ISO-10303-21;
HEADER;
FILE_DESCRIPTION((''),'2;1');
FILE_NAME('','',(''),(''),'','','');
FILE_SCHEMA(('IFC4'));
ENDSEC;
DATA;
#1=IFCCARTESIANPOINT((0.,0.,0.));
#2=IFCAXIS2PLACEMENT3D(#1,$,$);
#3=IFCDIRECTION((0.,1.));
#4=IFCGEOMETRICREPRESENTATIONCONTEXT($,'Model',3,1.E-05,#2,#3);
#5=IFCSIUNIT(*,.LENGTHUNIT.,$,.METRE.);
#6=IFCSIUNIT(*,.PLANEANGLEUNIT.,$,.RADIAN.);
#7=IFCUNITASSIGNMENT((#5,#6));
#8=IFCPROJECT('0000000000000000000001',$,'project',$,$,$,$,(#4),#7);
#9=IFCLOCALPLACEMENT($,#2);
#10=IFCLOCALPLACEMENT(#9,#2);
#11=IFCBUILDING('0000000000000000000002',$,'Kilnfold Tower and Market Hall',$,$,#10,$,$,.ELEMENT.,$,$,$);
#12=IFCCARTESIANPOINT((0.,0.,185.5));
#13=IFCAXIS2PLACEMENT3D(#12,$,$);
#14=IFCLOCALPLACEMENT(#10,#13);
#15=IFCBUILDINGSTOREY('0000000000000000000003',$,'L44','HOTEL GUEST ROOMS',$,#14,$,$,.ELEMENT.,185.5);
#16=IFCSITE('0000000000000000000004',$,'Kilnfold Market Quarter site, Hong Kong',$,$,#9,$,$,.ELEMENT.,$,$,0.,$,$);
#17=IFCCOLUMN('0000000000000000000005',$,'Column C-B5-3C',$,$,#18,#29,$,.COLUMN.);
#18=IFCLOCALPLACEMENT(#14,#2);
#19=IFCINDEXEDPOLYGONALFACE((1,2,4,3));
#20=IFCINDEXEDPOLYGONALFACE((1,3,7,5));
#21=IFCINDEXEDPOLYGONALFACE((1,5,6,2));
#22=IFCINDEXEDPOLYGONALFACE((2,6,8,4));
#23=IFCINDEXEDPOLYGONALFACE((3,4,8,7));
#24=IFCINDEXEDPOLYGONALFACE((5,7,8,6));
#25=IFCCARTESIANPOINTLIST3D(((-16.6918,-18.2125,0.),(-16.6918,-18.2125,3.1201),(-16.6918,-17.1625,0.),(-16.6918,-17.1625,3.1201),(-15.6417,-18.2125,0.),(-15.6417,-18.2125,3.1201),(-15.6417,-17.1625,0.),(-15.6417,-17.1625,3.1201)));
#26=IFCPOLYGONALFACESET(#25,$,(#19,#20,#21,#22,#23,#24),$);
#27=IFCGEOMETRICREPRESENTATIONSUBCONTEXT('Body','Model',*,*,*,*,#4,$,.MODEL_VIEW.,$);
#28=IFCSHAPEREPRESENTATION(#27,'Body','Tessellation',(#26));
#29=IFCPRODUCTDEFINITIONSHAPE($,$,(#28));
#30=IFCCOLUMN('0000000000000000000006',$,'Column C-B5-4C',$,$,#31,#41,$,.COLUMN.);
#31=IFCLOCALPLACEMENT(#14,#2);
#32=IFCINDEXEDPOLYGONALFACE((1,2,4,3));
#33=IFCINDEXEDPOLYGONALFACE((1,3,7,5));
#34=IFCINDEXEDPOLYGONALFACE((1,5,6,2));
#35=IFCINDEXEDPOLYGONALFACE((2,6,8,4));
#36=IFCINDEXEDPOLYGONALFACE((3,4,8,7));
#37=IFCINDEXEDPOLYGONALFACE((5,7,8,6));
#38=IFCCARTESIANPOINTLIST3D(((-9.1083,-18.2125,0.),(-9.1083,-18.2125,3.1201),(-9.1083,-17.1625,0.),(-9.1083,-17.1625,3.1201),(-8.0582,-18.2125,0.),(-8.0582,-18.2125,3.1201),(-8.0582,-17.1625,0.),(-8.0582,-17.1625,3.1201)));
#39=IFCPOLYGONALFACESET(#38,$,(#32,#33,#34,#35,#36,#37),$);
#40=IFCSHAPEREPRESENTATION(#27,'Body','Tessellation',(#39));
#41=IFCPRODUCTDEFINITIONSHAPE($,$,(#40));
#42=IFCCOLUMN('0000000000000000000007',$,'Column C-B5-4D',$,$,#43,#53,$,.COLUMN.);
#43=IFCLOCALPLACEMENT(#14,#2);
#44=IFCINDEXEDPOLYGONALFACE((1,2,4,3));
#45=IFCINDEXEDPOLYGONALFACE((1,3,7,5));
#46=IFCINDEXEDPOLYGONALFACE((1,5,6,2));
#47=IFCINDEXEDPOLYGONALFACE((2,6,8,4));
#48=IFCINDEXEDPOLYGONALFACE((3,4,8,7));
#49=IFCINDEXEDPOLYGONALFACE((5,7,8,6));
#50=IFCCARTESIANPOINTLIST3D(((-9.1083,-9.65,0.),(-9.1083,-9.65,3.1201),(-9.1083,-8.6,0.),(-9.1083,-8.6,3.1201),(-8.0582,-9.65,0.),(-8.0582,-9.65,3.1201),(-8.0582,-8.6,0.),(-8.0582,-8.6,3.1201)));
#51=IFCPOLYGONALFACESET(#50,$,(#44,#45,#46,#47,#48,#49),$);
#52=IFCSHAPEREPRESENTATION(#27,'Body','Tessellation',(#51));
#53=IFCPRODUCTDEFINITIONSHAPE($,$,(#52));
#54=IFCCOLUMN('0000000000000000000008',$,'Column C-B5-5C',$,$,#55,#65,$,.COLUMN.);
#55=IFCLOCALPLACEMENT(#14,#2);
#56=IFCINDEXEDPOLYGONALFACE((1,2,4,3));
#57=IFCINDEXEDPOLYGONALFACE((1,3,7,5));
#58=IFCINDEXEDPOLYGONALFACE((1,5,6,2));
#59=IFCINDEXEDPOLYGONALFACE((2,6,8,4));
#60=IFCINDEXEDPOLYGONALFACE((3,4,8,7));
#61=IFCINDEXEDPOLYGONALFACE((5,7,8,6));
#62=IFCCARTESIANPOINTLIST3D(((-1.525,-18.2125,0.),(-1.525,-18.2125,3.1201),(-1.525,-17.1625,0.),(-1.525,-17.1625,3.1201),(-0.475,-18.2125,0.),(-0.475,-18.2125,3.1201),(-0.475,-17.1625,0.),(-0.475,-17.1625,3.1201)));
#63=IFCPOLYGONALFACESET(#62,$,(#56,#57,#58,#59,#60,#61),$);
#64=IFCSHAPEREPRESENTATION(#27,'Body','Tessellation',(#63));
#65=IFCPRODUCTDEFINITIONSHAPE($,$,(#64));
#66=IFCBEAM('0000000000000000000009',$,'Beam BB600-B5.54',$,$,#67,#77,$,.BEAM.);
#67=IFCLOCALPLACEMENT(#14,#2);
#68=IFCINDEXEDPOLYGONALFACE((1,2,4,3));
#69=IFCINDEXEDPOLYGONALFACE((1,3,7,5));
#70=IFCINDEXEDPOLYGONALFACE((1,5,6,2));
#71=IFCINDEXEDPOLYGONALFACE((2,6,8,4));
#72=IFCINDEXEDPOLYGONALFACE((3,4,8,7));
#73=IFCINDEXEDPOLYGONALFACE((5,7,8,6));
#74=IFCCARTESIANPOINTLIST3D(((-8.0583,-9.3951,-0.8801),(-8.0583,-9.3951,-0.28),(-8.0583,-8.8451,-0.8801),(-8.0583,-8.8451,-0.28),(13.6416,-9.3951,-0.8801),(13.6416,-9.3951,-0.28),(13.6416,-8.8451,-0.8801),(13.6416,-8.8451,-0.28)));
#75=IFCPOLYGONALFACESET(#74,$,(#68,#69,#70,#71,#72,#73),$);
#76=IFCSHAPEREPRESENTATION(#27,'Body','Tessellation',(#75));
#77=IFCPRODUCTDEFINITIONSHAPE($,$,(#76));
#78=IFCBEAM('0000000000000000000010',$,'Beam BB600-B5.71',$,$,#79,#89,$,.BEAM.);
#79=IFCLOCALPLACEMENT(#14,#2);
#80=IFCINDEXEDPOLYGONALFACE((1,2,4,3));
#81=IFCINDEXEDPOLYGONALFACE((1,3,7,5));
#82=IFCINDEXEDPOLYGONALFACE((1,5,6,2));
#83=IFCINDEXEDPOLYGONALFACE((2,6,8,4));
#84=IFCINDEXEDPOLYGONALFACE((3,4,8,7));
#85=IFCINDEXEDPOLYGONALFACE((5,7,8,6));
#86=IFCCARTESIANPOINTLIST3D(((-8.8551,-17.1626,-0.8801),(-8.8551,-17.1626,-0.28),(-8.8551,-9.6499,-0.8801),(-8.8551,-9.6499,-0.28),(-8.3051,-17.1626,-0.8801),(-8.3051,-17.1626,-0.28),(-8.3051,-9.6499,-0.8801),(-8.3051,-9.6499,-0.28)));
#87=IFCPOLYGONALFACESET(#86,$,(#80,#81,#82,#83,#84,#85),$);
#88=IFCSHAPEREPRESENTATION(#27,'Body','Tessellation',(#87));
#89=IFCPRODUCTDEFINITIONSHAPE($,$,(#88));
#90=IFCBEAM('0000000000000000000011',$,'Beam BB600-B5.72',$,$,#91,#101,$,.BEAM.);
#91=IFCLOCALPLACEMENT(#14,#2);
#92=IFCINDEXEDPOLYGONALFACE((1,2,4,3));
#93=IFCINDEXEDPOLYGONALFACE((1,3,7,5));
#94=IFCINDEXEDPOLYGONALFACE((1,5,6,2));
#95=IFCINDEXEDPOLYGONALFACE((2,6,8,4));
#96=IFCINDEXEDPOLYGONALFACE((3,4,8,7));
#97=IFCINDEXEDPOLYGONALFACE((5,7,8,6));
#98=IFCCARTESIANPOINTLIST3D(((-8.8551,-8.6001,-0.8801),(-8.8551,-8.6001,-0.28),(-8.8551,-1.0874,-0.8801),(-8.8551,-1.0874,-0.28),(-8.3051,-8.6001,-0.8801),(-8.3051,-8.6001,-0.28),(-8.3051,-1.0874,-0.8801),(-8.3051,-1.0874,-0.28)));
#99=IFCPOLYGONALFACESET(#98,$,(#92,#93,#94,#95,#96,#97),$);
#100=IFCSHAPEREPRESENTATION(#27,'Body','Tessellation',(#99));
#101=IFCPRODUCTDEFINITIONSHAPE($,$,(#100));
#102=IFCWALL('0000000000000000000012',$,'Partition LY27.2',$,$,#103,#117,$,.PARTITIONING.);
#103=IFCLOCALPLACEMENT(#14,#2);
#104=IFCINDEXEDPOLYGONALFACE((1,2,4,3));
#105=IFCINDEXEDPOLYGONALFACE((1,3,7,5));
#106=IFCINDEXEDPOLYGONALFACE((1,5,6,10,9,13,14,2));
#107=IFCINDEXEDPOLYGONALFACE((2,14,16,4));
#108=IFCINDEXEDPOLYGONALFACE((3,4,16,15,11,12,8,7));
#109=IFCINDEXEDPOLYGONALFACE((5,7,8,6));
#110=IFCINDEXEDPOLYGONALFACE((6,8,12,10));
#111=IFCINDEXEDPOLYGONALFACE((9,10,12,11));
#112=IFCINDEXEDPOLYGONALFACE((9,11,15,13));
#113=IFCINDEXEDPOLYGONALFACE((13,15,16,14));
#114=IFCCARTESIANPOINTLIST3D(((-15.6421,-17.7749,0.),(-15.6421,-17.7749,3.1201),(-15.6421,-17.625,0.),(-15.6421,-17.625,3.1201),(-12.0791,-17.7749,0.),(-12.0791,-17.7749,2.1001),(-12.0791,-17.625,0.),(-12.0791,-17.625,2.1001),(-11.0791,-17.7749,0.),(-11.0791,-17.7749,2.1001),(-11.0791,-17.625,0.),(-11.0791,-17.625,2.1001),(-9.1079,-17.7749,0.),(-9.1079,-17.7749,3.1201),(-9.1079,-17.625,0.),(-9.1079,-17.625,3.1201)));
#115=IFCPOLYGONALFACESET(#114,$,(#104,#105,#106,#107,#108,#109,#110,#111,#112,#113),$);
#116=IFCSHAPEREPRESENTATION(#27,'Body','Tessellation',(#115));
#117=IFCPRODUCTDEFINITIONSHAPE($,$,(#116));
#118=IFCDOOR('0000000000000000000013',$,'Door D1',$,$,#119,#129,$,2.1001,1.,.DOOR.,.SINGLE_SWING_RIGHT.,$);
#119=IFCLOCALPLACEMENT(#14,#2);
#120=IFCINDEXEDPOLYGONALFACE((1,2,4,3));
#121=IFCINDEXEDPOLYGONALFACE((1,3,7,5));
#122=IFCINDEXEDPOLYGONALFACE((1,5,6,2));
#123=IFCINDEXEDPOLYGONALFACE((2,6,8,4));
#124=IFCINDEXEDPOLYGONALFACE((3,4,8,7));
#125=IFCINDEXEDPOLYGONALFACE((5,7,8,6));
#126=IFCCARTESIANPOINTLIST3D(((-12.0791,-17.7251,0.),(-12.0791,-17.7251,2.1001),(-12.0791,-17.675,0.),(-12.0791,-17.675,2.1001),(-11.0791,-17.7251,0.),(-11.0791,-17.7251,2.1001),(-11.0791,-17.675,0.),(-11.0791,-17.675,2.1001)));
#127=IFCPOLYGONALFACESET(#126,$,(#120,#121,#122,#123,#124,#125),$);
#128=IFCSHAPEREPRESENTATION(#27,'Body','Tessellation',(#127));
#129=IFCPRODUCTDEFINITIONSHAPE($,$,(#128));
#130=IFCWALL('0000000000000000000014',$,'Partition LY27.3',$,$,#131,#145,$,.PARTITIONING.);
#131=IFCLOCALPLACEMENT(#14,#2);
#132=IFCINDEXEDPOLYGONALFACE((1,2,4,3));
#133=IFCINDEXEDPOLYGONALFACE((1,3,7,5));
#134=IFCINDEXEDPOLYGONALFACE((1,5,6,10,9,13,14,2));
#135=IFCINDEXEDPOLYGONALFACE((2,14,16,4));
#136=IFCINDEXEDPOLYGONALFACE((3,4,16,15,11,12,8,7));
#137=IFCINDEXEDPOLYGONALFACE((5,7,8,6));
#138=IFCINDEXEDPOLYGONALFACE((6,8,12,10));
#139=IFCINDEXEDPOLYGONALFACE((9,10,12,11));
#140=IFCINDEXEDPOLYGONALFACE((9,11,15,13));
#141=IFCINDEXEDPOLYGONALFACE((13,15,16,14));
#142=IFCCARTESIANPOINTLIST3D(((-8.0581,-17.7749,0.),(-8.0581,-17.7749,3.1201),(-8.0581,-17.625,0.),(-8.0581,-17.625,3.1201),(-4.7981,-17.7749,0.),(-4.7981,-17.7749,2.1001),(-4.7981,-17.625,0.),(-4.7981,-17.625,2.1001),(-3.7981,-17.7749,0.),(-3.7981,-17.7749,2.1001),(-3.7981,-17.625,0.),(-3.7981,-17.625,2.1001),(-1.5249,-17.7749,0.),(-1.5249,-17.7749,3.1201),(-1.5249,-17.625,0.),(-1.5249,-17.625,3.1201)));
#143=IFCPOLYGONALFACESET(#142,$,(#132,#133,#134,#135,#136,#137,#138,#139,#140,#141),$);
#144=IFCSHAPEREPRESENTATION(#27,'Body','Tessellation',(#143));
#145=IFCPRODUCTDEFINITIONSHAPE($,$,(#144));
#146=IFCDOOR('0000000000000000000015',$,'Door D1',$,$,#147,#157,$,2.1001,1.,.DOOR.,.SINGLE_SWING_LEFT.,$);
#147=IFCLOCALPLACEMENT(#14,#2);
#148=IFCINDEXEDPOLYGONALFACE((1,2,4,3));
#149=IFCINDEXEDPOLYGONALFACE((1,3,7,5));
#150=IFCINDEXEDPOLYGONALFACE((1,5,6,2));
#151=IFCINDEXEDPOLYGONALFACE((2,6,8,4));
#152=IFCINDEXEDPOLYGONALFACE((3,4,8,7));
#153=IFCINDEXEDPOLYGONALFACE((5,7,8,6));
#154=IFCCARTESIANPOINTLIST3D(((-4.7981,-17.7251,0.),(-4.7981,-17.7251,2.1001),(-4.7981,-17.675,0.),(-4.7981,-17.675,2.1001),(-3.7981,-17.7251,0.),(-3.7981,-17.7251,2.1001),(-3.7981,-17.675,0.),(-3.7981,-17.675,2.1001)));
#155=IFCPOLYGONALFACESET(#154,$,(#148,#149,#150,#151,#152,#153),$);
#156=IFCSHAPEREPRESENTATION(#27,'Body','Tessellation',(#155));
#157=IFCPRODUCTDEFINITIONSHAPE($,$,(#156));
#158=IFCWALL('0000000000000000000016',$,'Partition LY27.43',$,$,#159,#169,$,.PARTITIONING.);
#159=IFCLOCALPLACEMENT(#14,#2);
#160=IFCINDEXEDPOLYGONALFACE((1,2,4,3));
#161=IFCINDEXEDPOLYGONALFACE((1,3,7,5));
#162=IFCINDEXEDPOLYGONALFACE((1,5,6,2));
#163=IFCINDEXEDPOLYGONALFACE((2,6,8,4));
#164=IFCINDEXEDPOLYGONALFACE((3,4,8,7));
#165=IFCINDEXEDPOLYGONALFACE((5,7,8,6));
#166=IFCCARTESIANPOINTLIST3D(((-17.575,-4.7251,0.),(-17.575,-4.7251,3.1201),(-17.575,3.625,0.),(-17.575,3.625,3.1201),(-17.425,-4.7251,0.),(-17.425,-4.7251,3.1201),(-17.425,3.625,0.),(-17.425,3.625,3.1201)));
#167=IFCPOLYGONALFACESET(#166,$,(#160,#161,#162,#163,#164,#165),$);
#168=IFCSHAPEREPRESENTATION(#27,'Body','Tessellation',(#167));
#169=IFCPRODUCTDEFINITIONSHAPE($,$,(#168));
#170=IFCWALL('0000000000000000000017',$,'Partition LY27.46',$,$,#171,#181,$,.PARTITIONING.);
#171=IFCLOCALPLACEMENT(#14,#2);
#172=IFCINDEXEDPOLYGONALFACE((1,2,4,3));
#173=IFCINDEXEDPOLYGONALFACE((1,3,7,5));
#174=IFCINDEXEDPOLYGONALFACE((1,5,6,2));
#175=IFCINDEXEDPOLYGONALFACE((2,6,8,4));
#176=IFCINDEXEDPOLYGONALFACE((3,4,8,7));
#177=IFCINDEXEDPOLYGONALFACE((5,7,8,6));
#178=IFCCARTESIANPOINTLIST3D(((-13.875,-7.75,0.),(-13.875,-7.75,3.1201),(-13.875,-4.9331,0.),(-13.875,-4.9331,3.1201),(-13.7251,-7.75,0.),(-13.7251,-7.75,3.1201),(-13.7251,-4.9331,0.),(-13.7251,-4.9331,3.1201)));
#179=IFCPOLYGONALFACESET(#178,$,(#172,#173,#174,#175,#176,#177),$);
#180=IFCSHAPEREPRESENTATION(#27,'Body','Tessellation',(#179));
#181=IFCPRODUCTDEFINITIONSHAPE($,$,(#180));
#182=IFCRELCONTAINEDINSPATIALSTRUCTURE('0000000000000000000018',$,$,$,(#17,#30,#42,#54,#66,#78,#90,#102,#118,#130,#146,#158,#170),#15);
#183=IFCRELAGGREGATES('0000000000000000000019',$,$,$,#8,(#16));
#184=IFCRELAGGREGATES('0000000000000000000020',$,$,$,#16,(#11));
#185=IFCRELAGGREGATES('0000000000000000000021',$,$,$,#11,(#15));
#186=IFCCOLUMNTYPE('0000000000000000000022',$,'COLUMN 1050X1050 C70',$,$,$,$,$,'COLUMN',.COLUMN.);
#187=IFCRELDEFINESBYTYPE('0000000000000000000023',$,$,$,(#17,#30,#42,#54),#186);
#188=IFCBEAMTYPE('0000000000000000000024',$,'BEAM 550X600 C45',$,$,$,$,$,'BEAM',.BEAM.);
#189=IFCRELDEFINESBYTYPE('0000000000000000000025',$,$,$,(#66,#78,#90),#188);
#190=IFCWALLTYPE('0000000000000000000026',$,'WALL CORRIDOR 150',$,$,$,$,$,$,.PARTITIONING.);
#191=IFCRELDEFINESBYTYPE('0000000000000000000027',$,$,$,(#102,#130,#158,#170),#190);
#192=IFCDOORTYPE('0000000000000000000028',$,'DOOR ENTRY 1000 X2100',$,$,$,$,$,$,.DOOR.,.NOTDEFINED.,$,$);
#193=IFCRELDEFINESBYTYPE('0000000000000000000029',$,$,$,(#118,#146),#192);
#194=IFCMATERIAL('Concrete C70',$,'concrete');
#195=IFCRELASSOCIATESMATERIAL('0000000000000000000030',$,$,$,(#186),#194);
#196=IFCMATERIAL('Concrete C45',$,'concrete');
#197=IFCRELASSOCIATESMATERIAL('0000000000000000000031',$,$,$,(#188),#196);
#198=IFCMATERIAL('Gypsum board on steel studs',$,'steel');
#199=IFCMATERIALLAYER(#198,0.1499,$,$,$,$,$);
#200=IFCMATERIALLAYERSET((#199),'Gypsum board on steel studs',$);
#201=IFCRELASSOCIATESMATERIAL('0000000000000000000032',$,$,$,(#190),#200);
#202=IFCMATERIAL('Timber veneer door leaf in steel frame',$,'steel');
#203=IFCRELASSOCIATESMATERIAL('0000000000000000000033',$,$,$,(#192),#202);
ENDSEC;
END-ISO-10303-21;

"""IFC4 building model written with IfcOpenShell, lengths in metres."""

from ifc_helpers import new_model, si_unit, direction, frame, frame_2d, origin, origin_2d, place, context, subcontext, project, spatial, rectangle, extrude, source, transform, mapped, material, layer, layer_set, material_profile, profile_set, type_object, element, fill, save


model = new_model("IFC4")

# Units and contexts
model_context = context("Model", 3, precision=1e-05, world=origin(), true_north=direction((0.0, 1.0)))
body_context = subcontext(model_context, "Body", "Model", "MODEL_VIEW")
ifc_project = project(units=[si_unit("LENGTHUNIT", "METRE"), si_unit("PLANEANGLEUNIT", "RADIAN")], contexts=[model_context])

# Site, building, storey
site_placement = place(None, origin())
site = spatial("IfcSite", under=ifc_project, at=site_placement, Name="Kilnfold Market Quarter site, Hong Kong", CompositionType="ELEMENT", RefElevation=0.0)
building_placement = place(site_placement, origin())
building = spatial("IfcBuilding", under=site, at=building_placement, Name="Kilnfold Tower and Market Hall", CompositionType="ELEMENT")
storey_placement = place(building_placement, frame((0.0, 0.0, 185.5)))
storey = spatial("IfcBuildingStorey", under=building, at=storey_placement, Name="L44", Description="HOTEL GUEST ROOMS", CompositionType="ELEMENT", Elevation=185.5)

# Columns
ifc_material_1 = material(Name="Concrete C70", Category="concrete")
ifc_material_profile_1 = material_profile(ifc_material_1, rectangle(XDim=1.05, YDim=1.05, at=origin_2d()), Name="RC 1050x1050")
ifc_profile_set_1 = profile_set([ifc_material_profile_1], Name="Concrete C70")
column_type = type_object("IfcColumnType", Name="COLUMN 1050X1050 C70", ElementType="COLUMN", PredefinedType="COLUMN", material=ifc_profile_set_1)
shared_shape_1 = source(origin(), body_context, "Body", "SweptSolid", [
    extrude(rectangle(XDim=1.05, YDim=1.05, at=origin_2d()), origin(), (0.0, 0.0, 1.0), 3.1201),
])
for number, where, z_axis, x_axis, name in (
    (1, (-16.1667, -17.6875, 0.0), (0.0, 0.0, 1.0), (1.0, 0.0, 0.0), "Column C-B5-3C"),
    (2, (-8.5833, -17.6875, 0.0), (0.0, 0.0, 1.0), (1.0, 0.0, 0.0), "Column C-B5-4C"),
    (3, (-8.5833, -9.125, 0.0), (0.0, 0.0, 1.0), (1.0, 0.0, 0.0), "Column C-B5-4D"),
    (4, (-1.0, -17.6875, 0.0), (0.0, 0.0, 1.0), (1.0, 0.0, 0.0), "Column C-B5-5C"),
):
    element("IfcColumn", number, at=place(storey_placement, frame(where, z_axis=z_axis, x_axis=x_axis)), inside=storey, type_object=column_type, Name=name, PredefinedType="COLUMN", context=body_context, shape_type="MappedRepresentation", body=[
        mapped(shared_shape_1, transform((0.0, 0.0, 0.0))),
    ])

# Beams
ifc_material_2 = material(Name="Concrete C45", Category="concrete")
ifc_material_profile_2 = material_profile(ifc_material_2, rectangle(XDim=0.55, YDim=0.6001, at=origin_2d()), Name="RC 550x600")
ifc_profile_set_2 = profile_set([ifc_material_profile_2], Name="Concrete C45")
beam_type = type_object("IfcBeamType", Name="BEAM 550X600 C45", ElementType="BEAM", PredefinedType="BEAM", material=ifc_profile_set_2)
shared_shape_2 = source(origin(), body_context, "Body", "SweptSolid", [
    extrude(rectangle(XDim=0.55, YDim=0.6001, at=origin_2d()), origin(), (0.0, 0.0, 1.0), 21.7),
])
beam_placement = place(storey_placement, frame((-8.0583, -9.1201, -0.5801), z_axis=(1.0, 0.0, 0.0), x_axis=(0.0, 1.0, 0.0)))
element("IfcBeam", 5, at=beam_placement, inside=storey, type_object=beam_type, Name="Beam BB600-B5.54", PredefinedType="BEAM", context=body_context, shape_type="MappedRepresentation", body=[
    mapped(shared_shape_2, transform((0.0, 0.0, 0.0))),
])
shared_shape_3 = source(origin(), body_context, "Body", "SweptSolid", [
    extrude(rectangle(XDim=0.55, YDim=0.6001, at=origin_2d()), origin(), (0.0, 0.0, 1.0), 7.5127),
])
for number, where, z_axis, x_axis, name in (
    (6, (-8.5801, -17.1626, -0.5801), (0.0, 1.0, 0.0), (-1.0, 0.0, 0.0), "Beam BB600-B5.71"),
    (7, (-8.5801, -8.6001, -0.5801), (0.0, 1.0, 0.0), (-1.0, 0.0, 0.0), "Beam BB600-B5.72"),
):
    element("IfcBeam", number, at=place(storey_placement, frame(where, z_axis=z_axis, x_axis=x_axis)), inside=storey, type_object=beam_type, Name=name, PredefinedType="BEAM", context=body_context, shape_type="MappedRepresentation", body=[
        mapped(shared_shape_3, transform((0.0, 0.0, 0.0))),
    ])

# Walls, openings, doors
ifc_material_3 = material(Name="Gypsum board on steel studs", Category="steel")
ifc_layer_1 = layer(ifc_material_3, 0.1499)
ifc_layer_set_1 = layer_set([ifc_layer_1], Name="Gypsum board on steel studs")
wall_type_1 = type_object("IfcWallType", Name="WALL CORRIDOR 150", PredefinedType="PARTITIONING", material=ifc_layer_set_1)
wall_1_placement = place(storey_placement, frame((-15.6421, -17.7, 0.0), z_axis=(0.0, 0.0, 1.0), x_axis=(1.0, 0.0, 0.0)))
wall_1 = element("IfcWall", 8, at=wall_1_placement, inside=storey, type_object=wall_type_1, Name="Partition LY27.2", PredefinedType="PARTITIONING", context=body_context, shape_type="SweptSolid", body=[
    extrude(rectangle(XDim=6.5342, YDim=0.1499, at=frame_2d((3.2671, 0.0))), origin(), (0.0, 0.0, 1.0), 3.1201),
])
opening_1_placement = place(wall_1_placement, frame((3.563, 0.0, 0.0)))
opening_1 = element("IfcOpeningElement", 9, at=opening_1_placement, cuts=wall_1, PredefinedType="OPENING", context=body_context, shape_type="SweptSolid", body=[
    extrude(rectangle(XDim=1.0, YDim=2.1001, at=frame_2d((0.5, 1.05))), frame((0.0, 0.085, 0.0), z_axis=(0.0, -1.0, 0.0), x_axis=(1.0, 0.0, 0.0)), (0.0, 0.0, 1.0), 0.1699),
])
ifc_material_4 = material(Name="Timber veneer door leaf in steel frame", Category="steel")
door_type_1 = type_object("IfcDoorType", Name="DOOR ENTRY 1000 X2100", OperationType="NOTDEFINED", PredefinedType="DOOR", material=ifc_material_4)
door_1_placement = place(opening_1_placement, origin())
door_1 = element("IfcDoor", 10, at=door_1_placement, inside=storey, type_object=door_type_1, Name="Door D1", OperationType="SINGLE_SWING_RIGHT", OverallHeight=2.1001, OverallWidth=1.0, PredefinedType="DOOR", context=body_context, shape_type="SweptSolid", body=[
    extrude(rectangle(XDim=1.0, YDim=2.1001, at=frame_2d((0.5, 1.05))), frame((0.0, 0.0249, 0.0), z_axis=(0.0, -1.0, 0.0), x_axis=(1.0, 0.0, 0.0)), (0.0, 0.0, 1.0), 0.05),
])
fill(opening_1, door_1)
wall_2_placement = place(storey_placement, frame((-8.0581, -17.7, 0.0), z_axis=(0.0, 0.0, 1.0), x_axis=(1.0, 0.0, 0.0)))
wall_2 = element("IfcWall", 11, at=wall_2_placement, inside=storey, type_object=wall_type_1, Name="Partition LY27.3", PredefinedType="PARTITIONING", context=body_context, shape_type="SweptSolid", body=[
    extrude(rectangle(XDim=6.5332, YDim=0.1499, at=frame_2d((3.2666, 0.0))), origin(), (0.0, 0.0, 1.0), 3.1201),
])
opening_2_placement = place(wall_2_placement, frame((3.26, 0.0, 0.0)))
opening_2 = element("IfcOpeningElement", 12, at=opening_2_placement, cuts=wall_2, PredefinedType="OPENING", context=body_context, shape_type="SweptSolid", body=[
    extrude(rectangle(XDim=1.0, YDim=2.1001, at=frame_2d((0.5, 1.05))), frame((0.0, 0.085, 0.0), z_axis=(0.0, -1.0, 0.0), x_axis=(1.0, 0.0, 0.0)), (0.0, 0.0, 1.0), 0.1699),
])
door_2_placement = place(opening_2_placement, origin())
door_2 = element("IfcDoor", 13, at=door_2_placement, inside=storey, type_object=door_type_1, Name="Door D1", OperationType="SINGLE_SWING_LEFT", OverallHeight=2.1001, OverallWidth=1.0, PredefinedType="DOOR", context=body_context, shape_type="SweptSolid", body=[
    extrude(rectangle(XDim=1.0, YDim=2.1001, at=frame_2d((0.5, 1.05))), frame((0.0, 0.0249, 0.0), z_axis=(0.0, -1.0, 0.0), x_axis=(1.0, 0.0, 0.0)), (0.0, 0.0, 1.0), 0.05),
])
fill(opening_2, door_2)

# Walls
wall_3_placement = place(storey_placement, frame((-17.5, -4.7251, 0.0), z_axis=(0.0, 0.0, 1.0), x_axis=(0.0, 1.0, 0.0)))
element("IfcWall", 14, at=wall_3_placement, inside=storey, type_object=wall_type_1, Name="Partition LY27.43", PredefinedType="PARTITIONING", context=body_context, shape_type="SweptSolid", body=[
    extrude(rectangle(XDim=8.3501, YDim=0.1499, at=frame_2d((4.175, 0.0))), origin(), (0.0, 0.0, 1.0), 3.1201),
])
wall_4_placement = place(storey_placement, frame((-13.8, -7.75, 0.0), z_axis=(0.0, 0.0, 1.0), x_axis=(0.0, 1.0, 0.0)))
element("IfcWall", 15, at=wall_4_placement, inside=storey, type_object=wall_type_1, Name="Partition LY27.46", PredefinedType="PARTITIONING", context=body_context, shape_type="SweptSolid", body=[
    extrude(rectangle(XDim=2.8169, YDim=0.1499, at=frame_2d((1.4084, 0.0))), origin(), (0.0, 0.0, 1.0), 3.1201),
])

save(model, "model.ifc")
